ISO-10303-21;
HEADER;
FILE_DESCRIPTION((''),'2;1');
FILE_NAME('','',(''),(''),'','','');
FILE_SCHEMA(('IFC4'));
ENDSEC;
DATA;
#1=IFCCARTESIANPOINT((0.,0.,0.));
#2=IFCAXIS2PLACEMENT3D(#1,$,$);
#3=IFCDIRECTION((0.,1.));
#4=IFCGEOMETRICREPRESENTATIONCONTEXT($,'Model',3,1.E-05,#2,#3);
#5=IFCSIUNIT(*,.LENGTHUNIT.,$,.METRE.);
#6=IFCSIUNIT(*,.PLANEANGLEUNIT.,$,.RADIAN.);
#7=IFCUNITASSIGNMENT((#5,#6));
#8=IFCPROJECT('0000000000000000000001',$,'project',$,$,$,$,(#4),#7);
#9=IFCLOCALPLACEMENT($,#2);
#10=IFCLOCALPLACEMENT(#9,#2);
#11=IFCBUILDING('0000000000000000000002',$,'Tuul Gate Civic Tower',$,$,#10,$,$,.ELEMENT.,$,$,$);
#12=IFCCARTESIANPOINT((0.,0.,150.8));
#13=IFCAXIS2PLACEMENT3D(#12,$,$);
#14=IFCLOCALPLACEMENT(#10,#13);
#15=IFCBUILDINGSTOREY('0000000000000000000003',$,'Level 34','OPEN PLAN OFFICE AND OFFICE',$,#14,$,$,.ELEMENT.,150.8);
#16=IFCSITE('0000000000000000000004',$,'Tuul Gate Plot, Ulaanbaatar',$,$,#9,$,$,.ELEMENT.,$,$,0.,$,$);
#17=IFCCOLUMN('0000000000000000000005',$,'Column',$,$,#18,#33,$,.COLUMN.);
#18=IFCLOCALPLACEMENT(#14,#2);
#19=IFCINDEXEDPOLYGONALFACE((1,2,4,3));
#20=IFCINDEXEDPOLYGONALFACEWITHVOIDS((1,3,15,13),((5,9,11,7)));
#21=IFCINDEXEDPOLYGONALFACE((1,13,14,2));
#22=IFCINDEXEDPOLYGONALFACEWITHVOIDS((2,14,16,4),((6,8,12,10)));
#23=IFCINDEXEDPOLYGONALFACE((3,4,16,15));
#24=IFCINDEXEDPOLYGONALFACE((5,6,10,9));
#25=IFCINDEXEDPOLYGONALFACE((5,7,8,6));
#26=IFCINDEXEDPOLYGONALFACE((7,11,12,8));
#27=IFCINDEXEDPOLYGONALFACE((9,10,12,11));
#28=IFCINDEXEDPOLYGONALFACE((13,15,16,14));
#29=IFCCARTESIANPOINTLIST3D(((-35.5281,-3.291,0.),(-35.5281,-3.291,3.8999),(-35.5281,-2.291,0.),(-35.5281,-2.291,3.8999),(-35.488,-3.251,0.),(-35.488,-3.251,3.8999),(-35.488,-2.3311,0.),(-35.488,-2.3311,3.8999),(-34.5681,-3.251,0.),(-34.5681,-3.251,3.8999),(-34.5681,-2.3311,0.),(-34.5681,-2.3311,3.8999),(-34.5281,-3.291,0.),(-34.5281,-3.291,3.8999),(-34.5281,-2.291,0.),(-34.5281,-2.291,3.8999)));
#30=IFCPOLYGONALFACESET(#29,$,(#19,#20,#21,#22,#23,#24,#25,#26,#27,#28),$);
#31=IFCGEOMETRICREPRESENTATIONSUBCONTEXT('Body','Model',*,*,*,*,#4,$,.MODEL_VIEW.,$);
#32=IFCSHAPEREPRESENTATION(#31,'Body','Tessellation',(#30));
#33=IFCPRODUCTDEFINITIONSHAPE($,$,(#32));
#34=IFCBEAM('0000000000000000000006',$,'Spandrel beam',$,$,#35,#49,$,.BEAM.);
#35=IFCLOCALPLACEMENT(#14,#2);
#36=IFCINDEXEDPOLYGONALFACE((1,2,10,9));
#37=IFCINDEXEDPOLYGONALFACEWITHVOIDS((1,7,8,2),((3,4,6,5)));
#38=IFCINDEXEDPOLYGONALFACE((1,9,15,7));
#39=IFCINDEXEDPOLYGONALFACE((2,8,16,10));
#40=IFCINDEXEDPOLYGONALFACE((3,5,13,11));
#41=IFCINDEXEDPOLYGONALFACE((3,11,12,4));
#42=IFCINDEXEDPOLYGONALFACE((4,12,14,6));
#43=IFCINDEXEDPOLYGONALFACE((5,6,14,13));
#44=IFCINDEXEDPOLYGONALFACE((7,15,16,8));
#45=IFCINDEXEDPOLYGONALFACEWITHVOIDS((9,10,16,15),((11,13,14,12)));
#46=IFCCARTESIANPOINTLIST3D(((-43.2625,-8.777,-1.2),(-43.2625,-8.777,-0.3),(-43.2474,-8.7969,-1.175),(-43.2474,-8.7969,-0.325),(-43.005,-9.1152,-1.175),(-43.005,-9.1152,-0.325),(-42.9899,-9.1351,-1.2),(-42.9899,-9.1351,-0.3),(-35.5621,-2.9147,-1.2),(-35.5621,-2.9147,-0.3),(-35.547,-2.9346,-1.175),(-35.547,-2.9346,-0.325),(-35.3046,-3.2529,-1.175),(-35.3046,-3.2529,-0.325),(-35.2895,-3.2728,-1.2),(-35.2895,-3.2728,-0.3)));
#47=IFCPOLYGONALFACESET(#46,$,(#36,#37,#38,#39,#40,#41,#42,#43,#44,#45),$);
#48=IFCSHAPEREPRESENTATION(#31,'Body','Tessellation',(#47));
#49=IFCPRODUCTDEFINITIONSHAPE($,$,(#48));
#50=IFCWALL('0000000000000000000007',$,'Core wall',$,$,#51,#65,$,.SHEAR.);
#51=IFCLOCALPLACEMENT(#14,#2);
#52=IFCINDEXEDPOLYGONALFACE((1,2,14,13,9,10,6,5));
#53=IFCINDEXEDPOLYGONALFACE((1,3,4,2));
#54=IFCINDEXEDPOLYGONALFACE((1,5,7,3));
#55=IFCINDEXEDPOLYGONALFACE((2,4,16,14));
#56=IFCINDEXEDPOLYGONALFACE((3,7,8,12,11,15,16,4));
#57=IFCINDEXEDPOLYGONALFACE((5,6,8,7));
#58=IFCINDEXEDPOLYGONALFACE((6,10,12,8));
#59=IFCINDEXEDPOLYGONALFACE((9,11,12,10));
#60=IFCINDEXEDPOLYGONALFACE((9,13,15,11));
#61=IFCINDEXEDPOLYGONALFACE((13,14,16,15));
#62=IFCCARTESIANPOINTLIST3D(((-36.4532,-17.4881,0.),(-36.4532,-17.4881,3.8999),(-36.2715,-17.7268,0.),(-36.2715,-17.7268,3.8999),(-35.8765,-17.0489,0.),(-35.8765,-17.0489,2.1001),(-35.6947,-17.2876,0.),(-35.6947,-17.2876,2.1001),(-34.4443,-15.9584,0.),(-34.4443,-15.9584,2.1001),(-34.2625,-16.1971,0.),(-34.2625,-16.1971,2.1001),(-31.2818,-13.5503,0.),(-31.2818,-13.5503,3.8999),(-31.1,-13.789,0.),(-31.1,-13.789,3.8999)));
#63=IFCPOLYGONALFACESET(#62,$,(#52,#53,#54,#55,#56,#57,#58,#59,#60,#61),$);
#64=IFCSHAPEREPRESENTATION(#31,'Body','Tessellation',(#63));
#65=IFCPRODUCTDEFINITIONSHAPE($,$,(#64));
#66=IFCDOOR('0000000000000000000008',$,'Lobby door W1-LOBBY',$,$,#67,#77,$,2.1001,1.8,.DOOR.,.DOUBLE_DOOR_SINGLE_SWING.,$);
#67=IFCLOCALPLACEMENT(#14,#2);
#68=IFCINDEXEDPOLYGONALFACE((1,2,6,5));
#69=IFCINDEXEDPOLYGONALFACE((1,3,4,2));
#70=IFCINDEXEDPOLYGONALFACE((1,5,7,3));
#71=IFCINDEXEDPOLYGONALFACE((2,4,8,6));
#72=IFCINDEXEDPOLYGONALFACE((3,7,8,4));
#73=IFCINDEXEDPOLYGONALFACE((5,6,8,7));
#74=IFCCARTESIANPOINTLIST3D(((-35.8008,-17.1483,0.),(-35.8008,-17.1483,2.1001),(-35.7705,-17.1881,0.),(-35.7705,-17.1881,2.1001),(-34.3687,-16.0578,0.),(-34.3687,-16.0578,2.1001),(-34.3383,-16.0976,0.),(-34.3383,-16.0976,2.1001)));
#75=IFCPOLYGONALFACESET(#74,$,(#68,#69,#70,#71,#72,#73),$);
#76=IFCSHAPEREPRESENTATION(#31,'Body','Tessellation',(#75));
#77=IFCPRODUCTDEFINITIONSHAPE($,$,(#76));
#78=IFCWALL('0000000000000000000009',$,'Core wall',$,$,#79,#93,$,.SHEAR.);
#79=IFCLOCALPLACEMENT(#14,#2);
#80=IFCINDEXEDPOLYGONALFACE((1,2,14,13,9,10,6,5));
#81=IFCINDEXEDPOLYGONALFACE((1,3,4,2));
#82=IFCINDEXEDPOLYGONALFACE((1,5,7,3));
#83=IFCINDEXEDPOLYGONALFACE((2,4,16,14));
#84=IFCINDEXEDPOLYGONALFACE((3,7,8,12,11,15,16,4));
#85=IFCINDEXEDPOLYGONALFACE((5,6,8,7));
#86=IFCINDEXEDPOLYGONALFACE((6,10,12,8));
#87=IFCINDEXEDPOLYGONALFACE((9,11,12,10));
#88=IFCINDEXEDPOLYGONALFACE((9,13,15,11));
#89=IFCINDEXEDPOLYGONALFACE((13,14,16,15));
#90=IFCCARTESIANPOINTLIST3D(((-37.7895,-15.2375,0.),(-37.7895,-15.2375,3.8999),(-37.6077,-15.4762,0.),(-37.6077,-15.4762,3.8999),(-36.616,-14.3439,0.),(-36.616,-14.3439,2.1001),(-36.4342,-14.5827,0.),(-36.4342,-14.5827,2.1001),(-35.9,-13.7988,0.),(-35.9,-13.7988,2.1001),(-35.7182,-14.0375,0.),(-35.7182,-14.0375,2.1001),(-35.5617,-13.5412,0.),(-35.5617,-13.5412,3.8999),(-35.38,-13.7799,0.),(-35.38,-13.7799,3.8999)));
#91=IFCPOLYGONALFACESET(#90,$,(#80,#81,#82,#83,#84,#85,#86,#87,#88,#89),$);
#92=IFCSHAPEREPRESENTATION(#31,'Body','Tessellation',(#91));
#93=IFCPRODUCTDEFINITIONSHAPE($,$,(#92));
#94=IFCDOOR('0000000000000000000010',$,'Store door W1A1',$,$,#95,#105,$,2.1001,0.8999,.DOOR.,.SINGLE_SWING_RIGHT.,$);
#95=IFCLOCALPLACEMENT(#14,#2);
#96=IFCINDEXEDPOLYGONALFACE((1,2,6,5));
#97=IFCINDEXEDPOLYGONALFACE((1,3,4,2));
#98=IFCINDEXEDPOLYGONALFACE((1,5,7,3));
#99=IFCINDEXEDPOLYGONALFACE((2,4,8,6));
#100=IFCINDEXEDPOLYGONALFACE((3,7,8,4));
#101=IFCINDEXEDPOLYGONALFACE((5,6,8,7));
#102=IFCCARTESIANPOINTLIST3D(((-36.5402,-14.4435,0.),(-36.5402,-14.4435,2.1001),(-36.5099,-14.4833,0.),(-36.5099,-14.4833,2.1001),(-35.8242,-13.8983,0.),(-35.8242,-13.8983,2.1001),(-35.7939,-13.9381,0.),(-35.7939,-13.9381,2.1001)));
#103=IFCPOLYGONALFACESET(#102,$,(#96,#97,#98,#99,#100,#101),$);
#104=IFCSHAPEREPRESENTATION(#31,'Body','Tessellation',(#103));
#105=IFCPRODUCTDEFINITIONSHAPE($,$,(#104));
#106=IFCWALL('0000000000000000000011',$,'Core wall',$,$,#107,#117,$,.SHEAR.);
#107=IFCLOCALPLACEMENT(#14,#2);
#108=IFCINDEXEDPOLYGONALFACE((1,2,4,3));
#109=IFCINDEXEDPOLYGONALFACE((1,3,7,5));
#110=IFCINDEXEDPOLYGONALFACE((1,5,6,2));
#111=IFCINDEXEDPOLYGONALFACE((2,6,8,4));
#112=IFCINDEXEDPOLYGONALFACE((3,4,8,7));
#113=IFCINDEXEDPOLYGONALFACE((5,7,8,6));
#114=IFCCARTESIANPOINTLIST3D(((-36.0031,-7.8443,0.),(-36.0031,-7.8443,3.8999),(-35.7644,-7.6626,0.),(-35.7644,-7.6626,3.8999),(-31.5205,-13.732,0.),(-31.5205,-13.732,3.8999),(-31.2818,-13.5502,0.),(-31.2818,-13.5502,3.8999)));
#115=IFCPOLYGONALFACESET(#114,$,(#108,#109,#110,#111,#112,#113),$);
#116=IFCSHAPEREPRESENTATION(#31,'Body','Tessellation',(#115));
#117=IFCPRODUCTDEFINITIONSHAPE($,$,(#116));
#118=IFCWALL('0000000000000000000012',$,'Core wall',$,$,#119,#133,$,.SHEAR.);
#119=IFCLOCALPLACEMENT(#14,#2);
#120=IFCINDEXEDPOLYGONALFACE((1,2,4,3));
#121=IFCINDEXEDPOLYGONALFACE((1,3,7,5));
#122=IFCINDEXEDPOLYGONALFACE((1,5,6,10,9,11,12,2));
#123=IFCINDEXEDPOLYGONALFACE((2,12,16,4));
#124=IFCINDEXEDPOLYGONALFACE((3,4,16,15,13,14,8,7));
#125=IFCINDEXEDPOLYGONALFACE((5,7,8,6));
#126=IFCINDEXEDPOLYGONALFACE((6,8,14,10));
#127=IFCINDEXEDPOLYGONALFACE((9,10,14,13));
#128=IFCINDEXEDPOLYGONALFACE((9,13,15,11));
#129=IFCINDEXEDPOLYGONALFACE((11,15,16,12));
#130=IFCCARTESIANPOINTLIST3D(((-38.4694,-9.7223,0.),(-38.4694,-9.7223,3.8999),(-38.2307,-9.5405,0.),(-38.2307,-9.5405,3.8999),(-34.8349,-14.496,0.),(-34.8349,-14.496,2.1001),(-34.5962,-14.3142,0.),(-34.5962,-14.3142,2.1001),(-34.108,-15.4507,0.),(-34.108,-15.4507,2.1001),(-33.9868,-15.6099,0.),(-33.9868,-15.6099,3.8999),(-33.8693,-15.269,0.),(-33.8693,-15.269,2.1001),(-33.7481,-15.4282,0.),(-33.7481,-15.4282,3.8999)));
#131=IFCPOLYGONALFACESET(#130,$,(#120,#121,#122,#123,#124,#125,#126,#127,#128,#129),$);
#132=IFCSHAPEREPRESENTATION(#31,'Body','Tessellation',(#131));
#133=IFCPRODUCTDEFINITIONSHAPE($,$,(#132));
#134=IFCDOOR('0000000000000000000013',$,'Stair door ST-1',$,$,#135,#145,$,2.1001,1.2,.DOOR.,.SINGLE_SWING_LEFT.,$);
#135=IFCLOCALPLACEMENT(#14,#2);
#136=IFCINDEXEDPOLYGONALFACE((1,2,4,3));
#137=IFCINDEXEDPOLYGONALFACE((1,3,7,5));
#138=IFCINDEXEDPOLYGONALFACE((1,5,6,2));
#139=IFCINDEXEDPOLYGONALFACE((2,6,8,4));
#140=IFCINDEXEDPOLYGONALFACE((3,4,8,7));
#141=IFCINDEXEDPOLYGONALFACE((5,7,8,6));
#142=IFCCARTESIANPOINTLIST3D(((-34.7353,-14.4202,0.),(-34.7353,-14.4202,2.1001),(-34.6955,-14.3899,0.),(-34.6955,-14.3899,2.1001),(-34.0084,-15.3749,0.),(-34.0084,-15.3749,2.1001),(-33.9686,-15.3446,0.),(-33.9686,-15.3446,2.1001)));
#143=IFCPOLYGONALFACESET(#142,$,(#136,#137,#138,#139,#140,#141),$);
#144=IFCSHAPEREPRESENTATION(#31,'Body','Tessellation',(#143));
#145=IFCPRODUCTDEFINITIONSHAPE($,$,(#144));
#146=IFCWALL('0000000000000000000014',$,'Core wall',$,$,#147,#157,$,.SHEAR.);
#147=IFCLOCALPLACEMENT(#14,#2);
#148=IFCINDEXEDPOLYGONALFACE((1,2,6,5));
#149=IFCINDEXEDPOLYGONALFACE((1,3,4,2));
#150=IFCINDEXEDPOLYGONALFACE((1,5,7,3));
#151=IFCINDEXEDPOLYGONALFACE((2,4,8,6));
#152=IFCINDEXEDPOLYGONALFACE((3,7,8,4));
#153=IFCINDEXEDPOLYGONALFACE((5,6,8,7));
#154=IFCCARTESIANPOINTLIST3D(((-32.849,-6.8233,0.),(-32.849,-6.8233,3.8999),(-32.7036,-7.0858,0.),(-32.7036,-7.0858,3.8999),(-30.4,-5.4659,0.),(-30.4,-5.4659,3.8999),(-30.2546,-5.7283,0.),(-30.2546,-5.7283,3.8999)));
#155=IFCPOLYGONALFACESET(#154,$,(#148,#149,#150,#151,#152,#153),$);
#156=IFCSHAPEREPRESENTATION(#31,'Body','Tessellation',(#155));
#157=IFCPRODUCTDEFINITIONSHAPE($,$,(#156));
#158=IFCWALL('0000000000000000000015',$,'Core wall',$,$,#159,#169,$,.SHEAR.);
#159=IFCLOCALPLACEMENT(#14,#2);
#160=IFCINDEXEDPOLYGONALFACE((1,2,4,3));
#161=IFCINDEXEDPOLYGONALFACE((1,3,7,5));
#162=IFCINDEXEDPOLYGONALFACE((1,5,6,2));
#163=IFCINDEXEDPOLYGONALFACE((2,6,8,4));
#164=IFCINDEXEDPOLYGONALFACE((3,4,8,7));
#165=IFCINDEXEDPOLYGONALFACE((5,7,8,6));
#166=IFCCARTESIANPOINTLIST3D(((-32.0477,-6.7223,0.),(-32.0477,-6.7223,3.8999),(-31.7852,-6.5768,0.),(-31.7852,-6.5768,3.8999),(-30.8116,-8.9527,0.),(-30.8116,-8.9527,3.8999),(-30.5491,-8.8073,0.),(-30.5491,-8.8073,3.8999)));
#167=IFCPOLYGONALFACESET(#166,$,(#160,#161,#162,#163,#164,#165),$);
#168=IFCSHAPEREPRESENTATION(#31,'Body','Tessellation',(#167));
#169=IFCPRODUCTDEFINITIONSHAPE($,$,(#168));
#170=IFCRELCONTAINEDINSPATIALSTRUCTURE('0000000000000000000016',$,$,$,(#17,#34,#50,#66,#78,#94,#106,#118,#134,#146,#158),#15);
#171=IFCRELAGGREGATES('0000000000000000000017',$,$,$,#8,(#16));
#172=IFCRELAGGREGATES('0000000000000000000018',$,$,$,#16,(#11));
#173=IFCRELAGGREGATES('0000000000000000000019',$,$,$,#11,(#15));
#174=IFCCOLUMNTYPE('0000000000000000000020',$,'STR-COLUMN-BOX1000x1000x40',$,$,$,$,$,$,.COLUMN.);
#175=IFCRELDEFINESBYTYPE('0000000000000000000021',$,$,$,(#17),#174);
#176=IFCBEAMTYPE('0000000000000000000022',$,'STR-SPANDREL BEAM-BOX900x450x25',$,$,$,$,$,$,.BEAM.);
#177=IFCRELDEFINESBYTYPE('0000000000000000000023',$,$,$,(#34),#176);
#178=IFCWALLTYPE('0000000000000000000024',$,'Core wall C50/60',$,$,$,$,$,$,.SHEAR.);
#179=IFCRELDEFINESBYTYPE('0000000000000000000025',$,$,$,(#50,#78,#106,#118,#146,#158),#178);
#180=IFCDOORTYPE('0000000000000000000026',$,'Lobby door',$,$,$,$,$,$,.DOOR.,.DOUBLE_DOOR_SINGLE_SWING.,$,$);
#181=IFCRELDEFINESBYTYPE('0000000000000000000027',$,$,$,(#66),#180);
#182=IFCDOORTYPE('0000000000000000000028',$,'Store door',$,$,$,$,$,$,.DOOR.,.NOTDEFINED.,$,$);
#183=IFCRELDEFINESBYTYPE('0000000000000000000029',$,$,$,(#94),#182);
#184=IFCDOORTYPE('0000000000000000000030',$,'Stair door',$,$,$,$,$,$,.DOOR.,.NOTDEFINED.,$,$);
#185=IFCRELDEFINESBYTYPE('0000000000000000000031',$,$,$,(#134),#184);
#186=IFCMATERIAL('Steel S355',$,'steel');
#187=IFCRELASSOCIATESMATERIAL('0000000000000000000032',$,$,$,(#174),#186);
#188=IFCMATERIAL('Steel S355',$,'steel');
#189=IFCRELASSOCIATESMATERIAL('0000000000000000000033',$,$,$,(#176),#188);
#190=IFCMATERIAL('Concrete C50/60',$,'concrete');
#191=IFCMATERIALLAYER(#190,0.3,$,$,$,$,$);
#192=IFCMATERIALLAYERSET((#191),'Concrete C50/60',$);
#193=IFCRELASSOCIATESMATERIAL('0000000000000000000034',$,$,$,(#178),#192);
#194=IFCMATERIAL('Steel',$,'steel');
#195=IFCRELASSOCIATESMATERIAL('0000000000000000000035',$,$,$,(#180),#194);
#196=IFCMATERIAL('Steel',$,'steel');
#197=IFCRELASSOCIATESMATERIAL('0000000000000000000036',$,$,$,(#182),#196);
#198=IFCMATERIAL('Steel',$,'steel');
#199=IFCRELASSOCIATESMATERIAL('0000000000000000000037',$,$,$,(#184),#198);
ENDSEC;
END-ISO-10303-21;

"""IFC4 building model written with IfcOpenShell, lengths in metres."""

from ifc_helpers import new_model, si_unit, direction, frame, frame_2d, origin, origin_2d, place, context, subcontext, project, spatial, rectangle, hollow_rectangle, extrude, material, layer, layer_set, material_profile, profile_set, type_object, element, fill, save


model = new_model("IFC4")

# Units and contexts
model_context = context("Model", 3, precision=1e-05, world=origin(), true_north=direction((0.0, 1.0)))
body_context = subcontext(model_context, "Body", "Model", "MODEL_VIEW")
ifc_project = project(units=[si_unit("LENGTHUNIT", "METRE"), si_unit("PLANEANGLEUNIT", "RADIAN")], contexts=[model_context])

# Site, building, storey
site_placement = place(None, origin())
site = spatial("IfcSite", under=ifc_project, at=site_placement, Name="Tuul Gate Plot, Ulaanbaatar", CompositionType="ELEMENT", RefElevation=0.0)
building_placement = place(site_placement, origin())
building = spatial("IfcBuilding", under=site, at=building_placement, Name="Tuul Gate Civic Tower", CompositionType="ELEMENT")
storey_placement = place(building_placement, frame((0.0, 0.0, 150.8)))
storey = spatial("IfcBuildingStorey", under=building, at=storey_placement, Name="Level 34", Description="OPEN PLAN OFFICE AND OFFICE", CompositionType="ELEMENT", Elevation=150.8)

# Column
ifc_material_1 = material(Name="Steel S355", Category="steel")
ifc_material_profile_1 = material_profile(ifc_material_1, hollow_rectangle(XDim=1.0, YDim=1.0, WallThickness=0.04, at=origin_2d()), Name="BOX1000x1000x40")
ifc_profile_set_1 = profile_set([ifc_material_profile_1], Name="Steel S355")
column_type = type_object("IfcColumnType", Name="STR-COLUMN-BOX1000x1000x40", PredefinedType="COLUMN", material=ifc_profile_set_1)
column_placement = place(storey_placement, frame((-35.0281, -2.791, 0.0), z_axis=(0.0, 0.0, 1.0), x_axis=(1.0, 0.0, 0.0)))
element("IfcColumn", 1, at=column_placement, inside=storey, type_object=column_type, Name="Column", PredefinedType="COLUMN", context=body_context, shape_type="SweptSolid", body=[
    extrude(hollow_rectangle(XDim=1.0, YDim=1.0, WallThickness=0.04, at=origin_2d()), origin(), (0.0, 0.0, 1.0), 3.8999),
])

# Beam
ifc_material_2 = material(Name="Steel S355", Category="steel")
ifc_material_profile_2 = material_profile(ifc_material_2, hollow_rectangle(XDim=0.45, YDim=0.8999, WallThickness=0.0249, at=origin_2d()), Name="BOX900x450x25")
ifc_profile_set_2 = profile_set([ifc_material_profile_2], Name="Steel S355")
beam_type = type_object("IfcBeamType", Name="STR-SPANDREL BEAM-BOX900x450x25", PredefinedType="BEAM", material=ifc_profile_set_2)
beam_placement = place(storey_placement, frame((-35.4258, -3.0938, -0.75), z_axis=(-0.795666, -0.605736, 0.0), x_axis=(0.605736, -0.795666, 0.0)))
element("IfcBeam", 2, at=beam_placement, inside=storey, type_object=beam_type, Name="Spandrel beam", PredefinedType="BEAM", context=body_context, shape_type="SweptSolid", body=[
    extrude(hollow_rectangle(XDim=0.45, YDim=0.8999, WallThickness=0.0249, at=origin_2d()), origin(), (0.0, 0.0, 1.0), 9.678),
])

# Walls, openings, doors
ifc_material_3 = material(Name="Concrete C50/60", Category="concrete")
ifc_layer_1 = layer(ifc_material_3, 0.3)
ifc_layer_set_1 = layer_set([ifc_layer_1], Name="Concrete C50/60")
wall_type_1 = type_object("IfcWallType", Name="Core wall C50/60", PredefinedType="SHEAR", material=ifc_layer_set_1)
wall_1_placement = place(storey_placement, frame((-31.1909, -13.6697, 0.0), z_axis=(0.0, 0.0, 1.0), x_axis=(-0.795607, -0.605813, 0.0)))
wall_1 = element("IfcWall", 3, at=wall_1_placement, inside=storey, type_object=wall_type_1, Name="Core wall", PredefinedType="SHEAR", context=body_context, shape_type="SweptSolid", body=[
    extrude(rectangle(XDim=6.5, YDim=0.3, at=frame_2d((3.25, 0.0))), origin(), (0.0, 0.0, 1.0), 3.8999),
])
opening_1_placement = place(wall_1_placement, frame((3.9751, 0.0, 0.0)))
opening_1 = element("IfcOpeningElement", 4, at=opening_1_placement, cuts=wall_1, PredefinedType="OPENING", context=body_context, shape_type="SweptSolid", body=[
    extrude(rectangle(XDim=1.8, YDim=2.1001, at=frame_2d((0.8999, 1.05))), frame((0.0, 0.1602, 0.0), z_axis=(0.0, -1.0, 0.0), x_axis=(1.0, 0.0, 0.0)), (0.0, 0.0, 1.0), 0.3201),
])
ifc_material_4 = material(Name="Steel", Category="steel")
door_type_1 = type_object("IfcDoorType", Name="Lobby door", OperationType="DOUBLE_DOOR_SINGLE_SWING", PredefinedType="DOOR", material=ifc_material_4)
door_1_placement = place(opening_1_placement, origin())
door_1 = element("IfcDoor", 5, at=door_1_placement, inside=storey, type_object=door_type_1, Name="Lobby door W1-LOBBY", OperationType="DOUBLE_DOOR_SINGLE_SWING", OverallHeight=2.1001, OverallWidth=1.8, PredefinedType="DOOR", context=body_context, shape_type="SweptSolid", body=[
    extrude(rectangle(XDim=1.8, YDim=2.1001, at=frame_2d((0.8999, 1.05))), frame((0.0, 0.0249, 0.0), z_axis=(0.0, -1.0, 0.0), x_axis=(1.0, 0.0, 0.0)), (0.0, 0.0, 1.0), 0.05),
])
fill(opening_1, door_1)
wall_2_placement = place(storey_placement, frame((-35.4709, -13.6606, 0.0), z_axis=(0.0, 0.0, 1.0), x_axis=(-0.795616, -0.605802, 0.0)))
wall_2 = element("IfcWall", 6, at=wall_2_placement, inside=storey, type_object=wall_type_1, Name="Core wall", PredefinedType="SHEAR", context=body_context, shape_type="SweptSolid", body=[
    extrude(rectangle(XDim=2.8, YDim=0.3, at=frame_2d((1.3999, 0.0))), origin(), (0.0, 0.0, 1.0), 3.8999),
])
opening_2_placement = place(wall_2_placement, frame((0.425, 0.0, 0.0)))
opening_2 = element("IfcOpeningElement", 7, at=opening_2_placement, cuts=wall_2, PredefinedType="OPENING", context=body_context, shape_type="SweptSolid", body=[
    extrude(rectangle(XDim=0.8999, YDim=2.1001, at=frame_2d((0.45, 1.05))), frame((0.0, 0.1602, 0.0), z_axis=(0.0, -1.0, 0.0), x_axis=(1.0, 0.0, 0.0)), (0.0, 0.0, 1.0), 0.3201),
])
ifc_material_5 = material(Name="Steel", Category="steel")
door_type_2 = type_object("IfcDoorType", Name="Store door", OperationType="NOTDEFINED", PredefinedType="DOOR", material=ifc_material_5)
door_2_placement = place(opening_2_placement, frame((0.8999, 0.0, 0.0), z_axis=(0.0, 0.0, 1.0), x_axis=(-1.0, 0.0, 0.0)))
door_2 = element("IfcDoor", 8, at=door_2_placement, inside=storey, type_object=door_type_2, Name="Store door W1A1", OperationType="SINGLE_SWING_RIGHT", OverallHeight=2.1001, OverallWidth=0.8999, PredefinedType="DOOR", context=body_context, shape_type="SweptSolid", body=[
    extrude(rectangle(XDim=0.8999, YDim=2.1001, at=frame_2d((0.45, 1.05))), frame((0.0, 0.0249, 0.0), z_axis=(0.0, -1.0, 0.0), x_axis=(1.0, 0.0, 0.0)), (0.0, 0.0, 1.0), 0.05),
])
fill(opening_2, door_2)

# Wall
wall_3_placement = place(storey_placement, frame((-31.4011, -13.6411, 0.0), z_axis=(0.0, 0.0, 1.0), x_axis=(-0.60577, 0.79564, 0.0)))
element("IfcWall", 9, at=wall_3_placement, inside=storey, type_object=wall_type_1, Name="Core wall", PredefinedType="SHEAR", context=body_context, shape_type="SweptSolid", body=[
    extrude(rectangle(XDim=7.3999, YDim=0.3, at=frame_2d((3.7, 0.0))), origin(), (0.0, 0.0, 1.0), 3.8999),
])

# Wall, opening, door
wall_4_placement = place(storey_placement, frame((-33.8674, -15.519, 0.0), z_axis=(0.0, 0.0, 1.0), x_axis=(-0.60577, 0.79564, 0.0)))
wall_4 = element("IfcWall", 10, at=wall_4_placement, inside=storey, type_object=wall_type_1, Name="Core wall", PredefinedType="SHEAR", context=body_context, shape_type="SweptSolid", body=[
    extrude(rectangle(XDim=7.3999, YDim=0.3, at=frame_2d((3.7, 0.0))), origin(), (0.0, 0.0, 1.0), 3.8999),
])
opening_3_placement = place(wall_4_placement, frame((0.2, 0.0, 0.0)))
opening_3 = element("IfcOpeningElement", 11, at=opening_3_placement, cuts=wall_4, PredefinedType="OPENING", context=body_context, shape_type="SweptSolid", body=[
    extrude(rectangle(XDim=1.2, YDim=2.1001, at=frame_2d((0.6001, 1.05))), frame((0.0, 0.1602, 0.0), z_axis=(0.0, -1.0, 0.0), x_axis=(1.0, 0.0, 0.0)), (0.0, 0.0, 1.0), 0.3201),
])
ifc_material_6 = material(Name="Steel", Category="steel")
door_type_3 = type_object("IfcDoorType", Name="Stair door", OperationType="NOTDEFINED", PredefinedType="DOOR", material=ifc_material_6)
door_3_placement = place(opening_3_placement, origin())
door_3 = element("IfcDoor", 12, at=door_3_placement, inside=storey, type_object=door_type_3, Name="Stair door ST-1", OperationType="SINGLE_SWING_LEFT", OverallHeight=2.1001, OverallWidth=1.2, PredefinedType="DOOR", context=body_context, shape_type="SweptSolid", body=[
    extrude(rectangle(XDim=1.2, YDim=2.1001, at=frame_2d((0.6001, 1.05))), frame((0.0, 0.0249, 0.0), z_axis=(0.0, -1.0, 0.0), x_axis=(1.0, 0.0, 0.0)), (0.0, 0.0, 1.0), 0.05),
])
fill(opening_3, door_3)

# Walls
wall_5_placement = place(storey_placement, frame((-30.3274, -5.5972, 0.0), z_axis=(0.0, 0.0, 1.0), x_axis=(-0.87463, -0.484791, 0.0)))
element("IfcWall", 13, at=wall_5_placement, inside=storey, type_object=wall_type_1, Name="Core wall", PredefinedType="SHEAR", context=body_context, shape_type="SweptSolid", body=[
    extrude(rectangle(XDim=2.8, YDim=0.3, at=frame_2d((1.3999, 0.0))), origin(), (0.0, 0.0, 1.0), 3.8999),
])
wall_6_placement = place(storey_placement, frame((-30.6804, -8.8799, 0.0), z_axis=(0.0, 0.0, 1.0), x_axis=(-0.484724, 0.874667, 0.0)))
element("IfcWall", 14, at=wall_6_placement, inside=storey, type_object=wall_type_1, Name="Core wall", PredefinedType="SHEAR", context=body_context, shape_type="SweptSolid", body=[
    extrude(rectangle(XDim=2.55, YDim=0.3, at=frame_2d((1.2749, 0.0))), origin(), (0.0, 0.0, 1.0), 3.8999),
])

save(model, "model.ifc")
